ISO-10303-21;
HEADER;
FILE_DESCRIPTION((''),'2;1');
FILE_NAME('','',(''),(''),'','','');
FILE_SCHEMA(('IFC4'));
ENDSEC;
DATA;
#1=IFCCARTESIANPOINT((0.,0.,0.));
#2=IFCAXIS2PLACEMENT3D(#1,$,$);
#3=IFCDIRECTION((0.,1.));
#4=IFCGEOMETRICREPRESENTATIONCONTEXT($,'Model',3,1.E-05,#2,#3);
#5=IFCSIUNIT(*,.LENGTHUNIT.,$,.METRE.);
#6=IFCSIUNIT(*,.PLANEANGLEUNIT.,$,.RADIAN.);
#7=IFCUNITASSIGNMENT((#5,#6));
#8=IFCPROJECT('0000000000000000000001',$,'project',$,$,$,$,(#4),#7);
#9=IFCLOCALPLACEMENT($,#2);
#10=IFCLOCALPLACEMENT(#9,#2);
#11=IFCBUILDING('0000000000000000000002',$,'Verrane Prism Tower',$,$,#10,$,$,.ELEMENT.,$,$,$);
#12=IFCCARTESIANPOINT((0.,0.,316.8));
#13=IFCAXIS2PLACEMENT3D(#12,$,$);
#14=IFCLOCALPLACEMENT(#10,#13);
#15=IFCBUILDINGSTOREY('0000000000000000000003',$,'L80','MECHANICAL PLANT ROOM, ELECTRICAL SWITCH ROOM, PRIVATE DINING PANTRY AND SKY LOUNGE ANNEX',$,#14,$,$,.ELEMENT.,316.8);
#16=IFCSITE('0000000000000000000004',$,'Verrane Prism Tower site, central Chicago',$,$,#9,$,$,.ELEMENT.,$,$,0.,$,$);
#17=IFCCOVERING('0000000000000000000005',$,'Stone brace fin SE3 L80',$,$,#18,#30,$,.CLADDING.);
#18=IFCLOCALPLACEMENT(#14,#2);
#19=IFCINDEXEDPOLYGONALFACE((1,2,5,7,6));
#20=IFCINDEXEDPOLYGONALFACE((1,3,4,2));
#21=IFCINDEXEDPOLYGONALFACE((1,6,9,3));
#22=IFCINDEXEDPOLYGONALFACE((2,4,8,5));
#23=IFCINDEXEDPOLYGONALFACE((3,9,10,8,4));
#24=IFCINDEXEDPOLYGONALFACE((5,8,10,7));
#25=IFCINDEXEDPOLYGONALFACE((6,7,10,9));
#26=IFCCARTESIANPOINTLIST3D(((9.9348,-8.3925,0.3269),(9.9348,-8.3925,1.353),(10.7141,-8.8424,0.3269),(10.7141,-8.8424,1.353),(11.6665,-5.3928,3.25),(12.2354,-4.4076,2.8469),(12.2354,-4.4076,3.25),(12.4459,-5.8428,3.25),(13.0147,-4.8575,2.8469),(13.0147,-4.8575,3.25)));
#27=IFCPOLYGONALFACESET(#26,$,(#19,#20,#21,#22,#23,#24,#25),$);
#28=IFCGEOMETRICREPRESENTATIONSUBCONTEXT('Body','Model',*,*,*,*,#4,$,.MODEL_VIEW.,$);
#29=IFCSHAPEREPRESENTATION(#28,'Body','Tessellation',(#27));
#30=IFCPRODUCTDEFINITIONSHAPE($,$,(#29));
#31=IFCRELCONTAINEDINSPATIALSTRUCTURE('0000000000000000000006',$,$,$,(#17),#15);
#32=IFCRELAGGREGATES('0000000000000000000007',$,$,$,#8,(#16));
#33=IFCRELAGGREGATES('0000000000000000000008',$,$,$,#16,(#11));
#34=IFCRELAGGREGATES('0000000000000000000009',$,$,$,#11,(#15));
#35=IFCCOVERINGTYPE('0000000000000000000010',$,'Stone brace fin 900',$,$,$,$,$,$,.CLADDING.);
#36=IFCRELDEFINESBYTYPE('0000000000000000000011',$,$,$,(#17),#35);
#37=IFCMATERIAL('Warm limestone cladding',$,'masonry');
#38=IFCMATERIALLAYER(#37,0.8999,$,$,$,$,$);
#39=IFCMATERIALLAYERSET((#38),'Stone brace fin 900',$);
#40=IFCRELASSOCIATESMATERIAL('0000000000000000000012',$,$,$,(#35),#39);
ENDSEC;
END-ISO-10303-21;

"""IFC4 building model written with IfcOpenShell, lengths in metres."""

from ifc_helpers import new_model, si_unit, direction, frame, origin, place, context, subcontext, project, spatial, polyline, outline, extrude, material, layer, layer_set, type_object, element, save


model = new_model("IFC4")

# Units and contexts
model_context = context("Model", 3, precision=1e-05, world=origin(), true_north=direction((0.0, 1.0)))
body_context = subcontext(model_context, "Body", "Model", "MODEL_VIEW")
ifc_project = project(units=[si_unit("LENGTHUNIT", "METRE"), si_unit("PLANEANGLEUNIT", "RADIAN")], contexts=[model_context])

# Site, building, storey
site_placement = place(None, origin())
site = spatial("IfcSite", under=ifc_project, at=site_placement, Name="Verrane Prism Tower site, central Chicago", CompositionType="ELEMENT", RefElevation=0.0)
building_placement = place(site_placement, origin())
building = spatial("IfcBuilding", under=site, at=building_placement, Name="Verrane Prism Tower", CompositionType="ELEMENT")
storey_placement = place(building_placement, frame((0.0, 0.0, 316.8)))
storey = spatial("IfcBuildingStorey", under=building, at=storey_placement, Name="L80", Description="MECHANICAL PLANT ROOM, ELECTRICAL SWITCH ROOM, PRIVATE DINING PANTRY AND SKY LOUNGE ANNEX", CompositionType="ELEMENT", Elevation=316.8)

# Covering
ifc_material_1 = material(Name="Warm limestone cladding", Category="masonry")
ifc_layer_1 = layer(ifc_material_1, 0.8999)
ifc_layer_set_1 = layer_set([ifc_layer_1], Name="Stone brace fin 900")
covering_type = type_object("IfcCoveringType", Name="Stone brace fin 900", PredefinedType="CLADDING", material=ifc_layer_set_1)
covering_placement = place(storey_placement, frame((10.3245, -8.6174, 0.3269), z_axis=(0.0, 0.0, 1.0), x_axis=(0.49998, 0.866037, 0.0)))
element("IfcCovering", 1, at=covering_placement, inside=storey, type_object=covering_type, Name="Stone brace fin SE3 L80", PredefinedType="CLADDING", context=body_context, shape_type="SweptSolid", body=[
    extrude(outline(polyline([(4.6013, 2.9231), (3.4636, 2.9231), (0.0, 1.0261), (0.0, 0.0), (4.6013, 2.52), (4.6013, 2.9231)])), frame((0.0, 0.45, 0.0), z_axis=(0.0, -1.0, 0.0), x_axis=(1.0, 0.0, 0.0)), (0.0, 0.0, 1.0), 0.8999),
])

save(model, "model.ifc")
